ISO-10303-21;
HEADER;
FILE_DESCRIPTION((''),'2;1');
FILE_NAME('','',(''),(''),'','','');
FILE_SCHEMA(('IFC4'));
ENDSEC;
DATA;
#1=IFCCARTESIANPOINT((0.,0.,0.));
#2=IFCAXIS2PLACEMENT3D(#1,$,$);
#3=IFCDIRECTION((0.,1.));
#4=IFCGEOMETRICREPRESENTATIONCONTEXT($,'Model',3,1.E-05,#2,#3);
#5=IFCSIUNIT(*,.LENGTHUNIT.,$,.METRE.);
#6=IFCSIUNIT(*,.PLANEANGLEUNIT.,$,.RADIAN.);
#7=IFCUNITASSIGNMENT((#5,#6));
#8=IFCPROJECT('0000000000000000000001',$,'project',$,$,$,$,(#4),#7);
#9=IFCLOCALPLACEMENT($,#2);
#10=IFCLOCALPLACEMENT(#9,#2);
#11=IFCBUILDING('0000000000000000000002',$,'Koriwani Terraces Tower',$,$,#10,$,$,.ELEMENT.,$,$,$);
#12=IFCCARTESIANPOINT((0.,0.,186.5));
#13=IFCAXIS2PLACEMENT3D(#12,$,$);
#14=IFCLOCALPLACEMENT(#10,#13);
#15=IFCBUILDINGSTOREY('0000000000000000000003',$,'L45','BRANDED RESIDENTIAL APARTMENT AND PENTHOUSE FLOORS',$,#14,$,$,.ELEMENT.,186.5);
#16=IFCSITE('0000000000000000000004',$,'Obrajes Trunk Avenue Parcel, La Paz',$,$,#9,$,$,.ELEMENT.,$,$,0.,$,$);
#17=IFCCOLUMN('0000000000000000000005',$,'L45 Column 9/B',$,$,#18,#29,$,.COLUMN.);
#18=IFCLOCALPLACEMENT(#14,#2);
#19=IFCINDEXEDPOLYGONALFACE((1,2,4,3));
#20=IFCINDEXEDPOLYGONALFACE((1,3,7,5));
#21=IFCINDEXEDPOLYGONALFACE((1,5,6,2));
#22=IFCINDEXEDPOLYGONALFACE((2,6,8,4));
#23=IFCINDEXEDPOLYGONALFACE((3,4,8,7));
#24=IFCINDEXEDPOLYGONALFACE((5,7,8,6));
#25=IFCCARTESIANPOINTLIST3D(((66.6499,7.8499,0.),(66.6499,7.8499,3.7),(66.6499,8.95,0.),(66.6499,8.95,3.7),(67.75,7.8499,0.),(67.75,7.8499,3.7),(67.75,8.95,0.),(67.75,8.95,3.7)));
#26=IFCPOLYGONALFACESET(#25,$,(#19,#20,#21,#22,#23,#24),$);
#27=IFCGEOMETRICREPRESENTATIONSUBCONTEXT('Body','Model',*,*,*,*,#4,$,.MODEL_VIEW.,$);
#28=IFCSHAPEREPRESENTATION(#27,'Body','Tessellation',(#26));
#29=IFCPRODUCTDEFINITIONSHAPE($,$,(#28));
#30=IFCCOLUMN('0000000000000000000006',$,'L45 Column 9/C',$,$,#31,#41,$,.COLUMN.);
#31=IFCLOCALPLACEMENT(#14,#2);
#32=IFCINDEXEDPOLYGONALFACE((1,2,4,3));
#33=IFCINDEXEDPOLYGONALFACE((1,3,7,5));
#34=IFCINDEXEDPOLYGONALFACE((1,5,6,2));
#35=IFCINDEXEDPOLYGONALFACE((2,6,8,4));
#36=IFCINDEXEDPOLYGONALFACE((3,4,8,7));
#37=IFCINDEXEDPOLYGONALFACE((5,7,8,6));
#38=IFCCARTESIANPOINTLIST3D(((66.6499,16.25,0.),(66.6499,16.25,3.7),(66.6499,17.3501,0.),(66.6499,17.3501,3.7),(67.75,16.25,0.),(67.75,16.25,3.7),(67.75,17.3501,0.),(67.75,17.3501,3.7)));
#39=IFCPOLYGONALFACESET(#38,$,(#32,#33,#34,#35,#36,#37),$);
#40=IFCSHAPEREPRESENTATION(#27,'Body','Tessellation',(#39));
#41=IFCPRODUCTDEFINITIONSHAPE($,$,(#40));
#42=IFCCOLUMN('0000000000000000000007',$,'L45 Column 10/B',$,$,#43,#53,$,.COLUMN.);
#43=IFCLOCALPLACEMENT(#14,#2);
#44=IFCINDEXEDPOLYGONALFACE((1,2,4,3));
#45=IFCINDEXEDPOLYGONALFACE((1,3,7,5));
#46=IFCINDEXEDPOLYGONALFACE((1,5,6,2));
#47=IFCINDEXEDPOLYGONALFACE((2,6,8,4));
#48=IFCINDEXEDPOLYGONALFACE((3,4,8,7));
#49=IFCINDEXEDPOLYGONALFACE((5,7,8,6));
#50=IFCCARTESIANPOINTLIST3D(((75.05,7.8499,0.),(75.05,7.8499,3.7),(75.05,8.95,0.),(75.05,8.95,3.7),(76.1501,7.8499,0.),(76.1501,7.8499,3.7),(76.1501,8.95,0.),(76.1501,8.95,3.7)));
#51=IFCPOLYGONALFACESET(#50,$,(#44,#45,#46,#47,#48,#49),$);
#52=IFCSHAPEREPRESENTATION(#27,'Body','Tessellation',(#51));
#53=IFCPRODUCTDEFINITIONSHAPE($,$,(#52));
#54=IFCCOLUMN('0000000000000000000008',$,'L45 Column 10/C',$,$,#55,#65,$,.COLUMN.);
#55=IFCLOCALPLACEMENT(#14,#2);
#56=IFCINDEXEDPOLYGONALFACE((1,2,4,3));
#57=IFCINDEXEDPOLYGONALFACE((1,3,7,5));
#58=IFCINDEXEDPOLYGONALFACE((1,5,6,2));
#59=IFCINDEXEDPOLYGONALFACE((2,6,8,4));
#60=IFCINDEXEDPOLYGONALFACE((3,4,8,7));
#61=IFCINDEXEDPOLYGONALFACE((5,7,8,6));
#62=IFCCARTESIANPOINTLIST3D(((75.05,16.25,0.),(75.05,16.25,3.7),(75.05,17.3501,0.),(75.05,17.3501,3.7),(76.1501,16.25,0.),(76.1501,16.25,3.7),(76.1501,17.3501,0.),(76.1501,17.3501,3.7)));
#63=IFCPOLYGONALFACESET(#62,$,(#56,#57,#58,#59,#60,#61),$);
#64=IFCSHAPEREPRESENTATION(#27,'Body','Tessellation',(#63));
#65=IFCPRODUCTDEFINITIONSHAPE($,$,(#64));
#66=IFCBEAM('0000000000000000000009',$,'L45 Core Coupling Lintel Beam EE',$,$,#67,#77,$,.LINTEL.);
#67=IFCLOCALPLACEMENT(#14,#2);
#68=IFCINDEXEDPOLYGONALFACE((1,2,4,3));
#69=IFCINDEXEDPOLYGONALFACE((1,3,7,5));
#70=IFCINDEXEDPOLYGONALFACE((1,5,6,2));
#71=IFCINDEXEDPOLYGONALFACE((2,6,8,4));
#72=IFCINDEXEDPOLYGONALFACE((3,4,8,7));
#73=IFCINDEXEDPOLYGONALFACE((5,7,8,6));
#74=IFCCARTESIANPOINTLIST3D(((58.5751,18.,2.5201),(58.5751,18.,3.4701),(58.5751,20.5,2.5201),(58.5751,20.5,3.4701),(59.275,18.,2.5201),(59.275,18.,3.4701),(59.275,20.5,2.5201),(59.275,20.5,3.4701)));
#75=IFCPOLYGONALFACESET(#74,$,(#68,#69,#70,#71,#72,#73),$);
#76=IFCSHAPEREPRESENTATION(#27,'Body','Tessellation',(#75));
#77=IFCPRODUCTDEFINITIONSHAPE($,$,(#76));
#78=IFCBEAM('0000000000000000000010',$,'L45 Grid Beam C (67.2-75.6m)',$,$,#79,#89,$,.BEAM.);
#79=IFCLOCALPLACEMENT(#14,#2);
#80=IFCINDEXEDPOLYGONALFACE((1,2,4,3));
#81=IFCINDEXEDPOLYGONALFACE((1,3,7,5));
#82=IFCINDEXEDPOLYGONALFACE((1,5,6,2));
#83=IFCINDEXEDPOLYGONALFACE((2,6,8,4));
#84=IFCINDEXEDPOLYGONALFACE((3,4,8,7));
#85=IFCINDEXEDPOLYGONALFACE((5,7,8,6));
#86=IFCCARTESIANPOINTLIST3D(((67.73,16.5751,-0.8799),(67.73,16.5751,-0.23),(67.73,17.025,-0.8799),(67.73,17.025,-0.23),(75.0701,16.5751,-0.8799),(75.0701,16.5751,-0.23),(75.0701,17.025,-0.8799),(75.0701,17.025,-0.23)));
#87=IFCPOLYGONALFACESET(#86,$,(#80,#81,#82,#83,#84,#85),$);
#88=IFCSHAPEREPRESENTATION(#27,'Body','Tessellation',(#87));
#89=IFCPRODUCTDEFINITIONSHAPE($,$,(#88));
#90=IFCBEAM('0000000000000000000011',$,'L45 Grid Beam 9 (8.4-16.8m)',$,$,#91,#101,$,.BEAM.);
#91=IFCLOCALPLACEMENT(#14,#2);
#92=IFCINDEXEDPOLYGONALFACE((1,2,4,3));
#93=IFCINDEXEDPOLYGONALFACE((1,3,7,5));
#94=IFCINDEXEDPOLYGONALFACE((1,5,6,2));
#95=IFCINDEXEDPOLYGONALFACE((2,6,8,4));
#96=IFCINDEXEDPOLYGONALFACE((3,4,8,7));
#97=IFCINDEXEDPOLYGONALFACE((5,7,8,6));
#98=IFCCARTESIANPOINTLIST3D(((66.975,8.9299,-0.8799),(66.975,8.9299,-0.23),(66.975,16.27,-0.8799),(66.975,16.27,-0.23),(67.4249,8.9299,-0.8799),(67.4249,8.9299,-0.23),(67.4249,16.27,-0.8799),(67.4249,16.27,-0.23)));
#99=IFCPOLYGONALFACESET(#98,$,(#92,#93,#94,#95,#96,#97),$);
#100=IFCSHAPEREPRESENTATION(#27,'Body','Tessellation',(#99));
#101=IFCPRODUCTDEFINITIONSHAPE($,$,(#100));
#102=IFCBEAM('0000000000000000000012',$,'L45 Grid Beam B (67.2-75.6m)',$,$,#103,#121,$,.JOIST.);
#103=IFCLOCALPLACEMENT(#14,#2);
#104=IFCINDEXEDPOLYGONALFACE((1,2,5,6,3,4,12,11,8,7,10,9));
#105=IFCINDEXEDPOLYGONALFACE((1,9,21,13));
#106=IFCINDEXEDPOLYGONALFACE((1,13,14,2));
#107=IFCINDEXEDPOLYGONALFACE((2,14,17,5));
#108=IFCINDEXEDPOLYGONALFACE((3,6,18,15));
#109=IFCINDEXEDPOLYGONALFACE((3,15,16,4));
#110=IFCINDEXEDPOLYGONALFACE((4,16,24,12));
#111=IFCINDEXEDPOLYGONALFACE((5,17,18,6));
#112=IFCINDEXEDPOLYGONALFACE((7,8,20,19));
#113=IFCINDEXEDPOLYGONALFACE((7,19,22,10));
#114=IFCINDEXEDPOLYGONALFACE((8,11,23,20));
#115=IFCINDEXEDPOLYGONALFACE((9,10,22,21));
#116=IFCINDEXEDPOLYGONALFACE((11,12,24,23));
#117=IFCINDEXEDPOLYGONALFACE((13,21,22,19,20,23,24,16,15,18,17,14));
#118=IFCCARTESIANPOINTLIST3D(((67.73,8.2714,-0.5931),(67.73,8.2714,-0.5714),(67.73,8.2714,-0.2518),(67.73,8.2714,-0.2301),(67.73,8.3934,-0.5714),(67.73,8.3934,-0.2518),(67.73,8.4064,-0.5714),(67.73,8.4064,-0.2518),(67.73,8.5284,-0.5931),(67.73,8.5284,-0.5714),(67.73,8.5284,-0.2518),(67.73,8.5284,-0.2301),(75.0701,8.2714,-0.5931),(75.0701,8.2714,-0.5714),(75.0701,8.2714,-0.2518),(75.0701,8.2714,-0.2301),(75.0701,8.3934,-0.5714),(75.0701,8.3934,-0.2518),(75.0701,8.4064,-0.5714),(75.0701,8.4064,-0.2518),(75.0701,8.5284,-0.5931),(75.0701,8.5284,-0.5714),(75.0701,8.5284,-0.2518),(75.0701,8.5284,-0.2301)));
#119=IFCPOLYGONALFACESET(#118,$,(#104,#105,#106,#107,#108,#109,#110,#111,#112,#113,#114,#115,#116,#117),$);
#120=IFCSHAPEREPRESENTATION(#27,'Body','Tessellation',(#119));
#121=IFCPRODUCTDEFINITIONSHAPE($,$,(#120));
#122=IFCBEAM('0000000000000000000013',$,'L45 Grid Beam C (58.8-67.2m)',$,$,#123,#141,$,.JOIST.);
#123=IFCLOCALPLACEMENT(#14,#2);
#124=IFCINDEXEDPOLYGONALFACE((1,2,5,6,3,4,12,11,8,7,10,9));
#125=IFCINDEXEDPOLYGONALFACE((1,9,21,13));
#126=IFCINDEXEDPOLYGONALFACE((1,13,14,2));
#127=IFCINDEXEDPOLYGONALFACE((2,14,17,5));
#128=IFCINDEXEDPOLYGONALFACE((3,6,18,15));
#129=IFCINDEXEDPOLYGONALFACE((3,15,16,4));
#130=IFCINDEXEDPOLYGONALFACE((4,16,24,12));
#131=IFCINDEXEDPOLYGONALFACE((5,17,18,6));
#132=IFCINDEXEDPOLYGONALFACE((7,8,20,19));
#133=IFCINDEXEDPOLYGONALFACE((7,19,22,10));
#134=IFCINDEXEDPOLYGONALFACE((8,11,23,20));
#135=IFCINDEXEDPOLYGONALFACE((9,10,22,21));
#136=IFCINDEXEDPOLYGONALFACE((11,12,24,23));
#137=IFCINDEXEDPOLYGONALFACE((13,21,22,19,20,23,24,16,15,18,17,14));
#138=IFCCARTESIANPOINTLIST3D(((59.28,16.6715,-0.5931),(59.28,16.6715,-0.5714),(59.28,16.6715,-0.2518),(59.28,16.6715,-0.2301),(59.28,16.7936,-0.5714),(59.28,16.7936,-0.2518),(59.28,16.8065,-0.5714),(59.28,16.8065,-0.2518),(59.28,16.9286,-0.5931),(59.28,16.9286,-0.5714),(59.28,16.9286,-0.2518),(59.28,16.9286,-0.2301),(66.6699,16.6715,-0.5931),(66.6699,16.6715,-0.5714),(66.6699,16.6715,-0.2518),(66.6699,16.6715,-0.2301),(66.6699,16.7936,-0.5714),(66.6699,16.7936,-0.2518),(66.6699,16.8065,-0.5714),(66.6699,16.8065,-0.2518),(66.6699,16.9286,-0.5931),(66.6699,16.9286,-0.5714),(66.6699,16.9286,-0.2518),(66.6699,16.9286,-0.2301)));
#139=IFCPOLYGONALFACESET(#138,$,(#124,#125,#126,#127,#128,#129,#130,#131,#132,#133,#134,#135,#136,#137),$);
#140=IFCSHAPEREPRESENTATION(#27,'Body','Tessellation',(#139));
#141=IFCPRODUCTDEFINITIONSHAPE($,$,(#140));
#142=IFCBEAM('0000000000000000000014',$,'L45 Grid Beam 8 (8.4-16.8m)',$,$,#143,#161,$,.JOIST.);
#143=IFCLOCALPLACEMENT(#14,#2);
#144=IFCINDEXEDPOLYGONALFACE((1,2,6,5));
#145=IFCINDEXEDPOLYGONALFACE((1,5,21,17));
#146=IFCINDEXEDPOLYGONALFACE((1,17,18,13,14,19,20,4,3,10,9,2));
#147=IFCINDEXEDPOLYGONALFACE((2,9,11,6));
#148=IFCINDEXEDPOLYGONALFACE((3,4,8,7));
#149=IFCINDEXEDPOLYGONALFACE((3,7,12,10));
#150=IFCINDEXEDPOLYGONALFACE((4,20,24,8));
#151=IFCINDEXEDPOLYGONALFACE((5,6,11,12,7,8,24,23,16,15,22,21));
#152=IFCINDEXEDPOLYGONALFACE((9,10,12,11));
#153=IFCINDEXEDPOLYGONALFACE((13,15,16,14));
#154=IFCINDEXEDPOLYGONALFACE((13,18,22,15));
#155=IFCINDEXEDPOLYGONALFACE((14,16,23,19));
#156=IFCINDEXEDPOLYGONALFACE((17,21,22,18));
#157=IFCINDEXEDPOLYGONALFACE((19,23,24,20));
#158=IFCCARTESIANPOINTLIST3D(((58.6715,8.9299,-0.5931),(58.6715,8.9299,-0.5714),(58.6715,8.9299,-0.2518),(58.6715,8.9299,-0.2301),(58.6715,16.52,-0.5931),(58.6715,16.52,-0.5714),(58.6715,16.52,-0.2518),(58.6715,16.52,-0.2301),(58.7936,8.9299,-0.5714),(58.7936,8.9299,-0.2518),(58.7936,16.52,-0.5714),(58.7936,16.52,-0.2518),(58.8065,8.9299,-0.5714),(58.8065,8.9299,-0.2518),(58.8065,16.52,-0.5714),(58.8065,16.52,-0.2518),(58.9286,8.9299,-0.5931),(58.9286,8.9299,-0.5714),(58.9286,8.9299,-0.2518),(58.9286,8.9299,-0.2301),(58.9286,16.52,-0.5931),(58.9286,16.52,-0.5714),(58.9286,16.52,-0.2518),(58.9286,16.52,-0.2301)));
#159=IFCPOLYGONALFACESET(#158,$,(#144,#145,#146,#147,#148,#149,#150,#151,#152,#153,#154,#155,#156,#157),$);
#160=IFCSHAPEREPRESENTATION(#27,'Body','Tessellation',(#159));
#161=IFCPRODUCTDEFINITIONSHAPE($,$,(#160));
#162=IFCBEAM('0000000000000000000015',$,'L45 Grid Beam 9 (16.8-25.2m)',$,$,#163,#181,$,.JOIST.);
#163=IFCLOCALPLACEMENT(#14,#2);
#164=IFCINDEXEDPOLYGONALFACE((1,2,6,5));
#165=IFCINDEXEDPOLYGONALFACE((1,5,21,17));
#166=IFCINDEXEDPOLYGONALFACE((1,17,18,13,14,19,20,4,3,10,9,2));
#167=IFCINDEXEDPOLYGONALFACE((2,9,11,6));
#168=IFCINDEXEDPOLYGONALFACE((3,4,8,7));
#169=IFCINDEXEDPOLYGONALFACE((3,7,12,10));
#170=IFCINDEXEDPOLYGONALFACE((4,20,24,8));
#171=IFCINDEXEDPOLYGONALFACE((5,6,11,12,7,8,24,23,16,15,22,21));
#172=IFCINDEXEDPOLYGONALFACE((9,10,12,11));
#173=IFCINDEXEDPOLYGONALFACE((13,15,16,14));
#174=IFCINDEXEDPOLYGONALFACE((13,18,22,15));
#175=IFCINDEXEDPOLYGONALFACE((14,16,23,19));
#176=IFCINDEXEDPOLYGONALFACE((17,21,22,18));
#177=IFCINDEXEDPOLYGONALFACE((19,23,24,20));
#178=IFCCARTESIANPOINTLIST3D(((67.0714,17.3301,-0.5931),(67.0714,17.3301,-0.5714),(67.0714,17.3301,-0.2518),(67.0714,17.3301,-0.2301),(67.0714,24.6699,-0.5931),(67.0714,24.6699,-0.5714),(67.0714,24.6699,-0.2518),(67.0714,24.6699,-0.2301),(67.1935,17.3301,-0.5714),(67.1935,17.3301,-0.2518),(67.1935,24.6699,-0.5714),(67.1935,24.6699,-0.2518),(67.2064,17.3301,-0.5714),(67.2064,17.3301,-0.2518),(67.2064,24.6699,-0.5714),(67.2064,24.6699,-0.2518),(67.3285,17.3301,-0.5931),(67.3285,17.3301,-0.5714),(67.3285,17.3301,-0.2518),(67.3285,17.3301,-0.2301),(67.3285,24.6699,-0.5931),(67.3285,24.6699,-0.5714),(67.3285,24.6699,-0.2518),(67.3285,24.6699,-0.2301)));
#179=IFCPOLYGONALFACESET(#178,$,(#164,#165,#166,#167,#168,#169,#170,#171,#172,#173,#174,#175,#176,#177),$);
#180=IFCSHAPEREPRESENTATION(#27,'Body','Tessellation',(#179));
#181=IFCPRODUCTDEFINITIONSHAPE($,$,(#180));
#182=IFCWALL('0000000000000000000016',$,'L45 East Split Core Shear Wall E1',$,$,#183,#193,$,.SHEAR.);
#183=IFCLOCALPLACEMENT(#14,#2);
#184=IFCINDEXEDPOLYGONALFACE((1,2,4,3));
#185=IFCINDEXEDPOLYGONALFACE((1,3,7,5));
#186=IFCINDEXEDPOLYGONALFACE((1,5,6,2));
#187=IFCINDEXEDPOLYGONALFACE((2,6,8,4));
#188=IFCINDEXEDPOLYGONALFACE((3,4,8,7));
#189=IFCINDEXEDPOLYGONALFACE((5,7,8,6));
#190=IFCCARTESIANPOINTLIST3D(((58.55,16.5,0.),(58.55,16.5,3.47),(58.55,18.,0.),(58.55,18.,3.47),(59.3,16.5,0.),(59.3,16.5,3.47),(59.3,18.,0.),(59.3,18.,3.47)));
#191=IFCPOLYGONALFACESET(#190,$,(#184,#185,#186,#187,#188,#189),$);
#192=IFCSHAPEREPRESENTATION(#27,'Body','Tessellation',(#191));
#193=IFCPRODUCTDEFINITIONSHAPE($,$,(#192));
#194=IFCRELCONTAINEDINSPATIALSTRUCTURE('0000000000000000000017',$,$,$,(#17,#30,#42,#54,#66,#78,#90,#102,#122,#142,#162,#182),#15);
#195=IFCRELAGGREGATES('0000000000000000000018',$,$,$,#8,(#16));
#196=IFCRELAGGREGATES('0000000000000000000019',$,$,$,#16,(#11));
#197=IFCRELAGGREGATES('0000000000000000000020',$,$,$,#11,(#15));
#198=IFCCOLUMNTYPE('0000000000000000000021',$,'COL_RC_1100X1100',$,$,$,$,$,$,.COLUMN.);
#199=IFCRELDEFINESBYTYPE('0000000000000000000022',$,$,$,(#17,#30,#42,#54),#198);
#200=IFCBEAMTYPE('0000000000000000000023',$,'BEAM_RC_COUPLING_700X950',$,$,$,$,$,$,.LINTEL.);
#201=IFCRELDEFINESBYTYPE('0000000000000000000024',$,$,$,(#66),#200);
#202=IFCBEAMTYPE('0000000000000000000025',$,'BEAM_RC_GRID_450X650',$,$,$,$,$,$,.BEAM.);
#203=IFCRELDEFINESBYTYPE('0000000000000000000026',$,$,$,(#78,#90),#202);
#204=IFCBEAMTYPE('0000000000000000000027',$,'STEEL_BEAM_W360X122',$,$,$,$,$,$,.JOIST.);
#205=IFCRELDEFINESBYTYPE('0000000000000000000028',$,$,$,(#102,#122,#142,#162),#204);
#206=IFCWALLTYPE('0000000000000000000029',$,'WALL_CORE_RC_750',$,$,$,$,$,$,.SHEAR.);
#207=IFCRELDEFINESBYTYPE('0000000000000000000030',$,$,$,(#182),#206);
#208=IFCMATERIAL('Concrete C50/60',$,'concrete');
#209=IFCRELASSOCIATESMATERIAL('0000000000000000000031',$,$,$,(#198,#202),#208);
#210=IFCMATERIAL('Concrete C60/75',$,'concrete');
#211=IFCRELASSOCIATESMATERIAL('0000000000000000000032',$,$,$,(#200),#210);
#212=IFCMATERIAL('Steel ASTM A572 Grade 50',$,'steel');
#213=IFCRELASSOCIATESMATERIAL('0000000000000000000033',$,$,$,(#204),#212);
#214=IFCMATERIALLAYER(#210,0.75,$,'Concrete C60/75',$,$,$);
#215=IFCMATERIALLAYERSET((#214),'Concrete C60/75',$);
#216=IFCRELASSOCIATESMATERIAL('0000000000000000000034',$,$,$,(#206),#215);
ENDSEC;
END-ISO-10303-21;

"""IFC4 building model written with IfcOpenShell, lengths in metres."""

from ifc_helpers import new_model, si_unit, direction, frame, frame_2d, origin, origin_2d, place, context, subcontext, project, spatial, rectangle, i_section, extrude, material, layer, layer_set, material_profile, profile_set, type_object, element, save


model = new_model("IFC4")

# Units and contexts
model_context = context("Model", 3, precision=1e-05, world=origin(), true_north=direction((0.0, 1.0)))
body_context = subcontext(model_context, "Body", "Model", "MODEL_VIEW")
ifc_project = project(units=[si_unit("LENGTHUNIT", "METRE"), si_unit("PLANEANGLEUNIT", "RADIAN")], contexts=[model_context])

# Site, building, storey
site_placement = place(None, origin())
site = spatial("IfcSite", under=ifc_project, at=site_placement, Name="Obrajes Trunk Avenue Parcel, La Paz", CompositionType="ELEMENT", RefElevation=0.0)
building_placement = place(site_placement, origin())
building = spatial("IfcBuilding", under=site, at=building_placement, Name="Koriwani Terraces Tower", CompositionType="ELEMENT")
storey_placement = place(building_placement, frame((0.0, 0.0, 186.5)))
storey = spatial("IfcBuildingStorey", under=building, at=storey_placement, Name="L45", Description="BRANDED RESIDENTIAL APARTMENT AND PENTHOUSE FLOORS", CompositionType="ELEMENT", Elevation=186.5)

# Columns
ifc_material_1 = material(Name="Concrete C50/60", Category="concrete")
ifc_material_profile_1 = material_profile(ifc_material_1, rectangle(XDim=1.1001, YDim=1.1001, at=origin_2d()), Name="Concrete C50/60", Category="LoadBearing")
ifc_profile_set_1 = profile_set([ifc_material_profile_1], Name="Concrete C50/60")
column_type = type_object("IfcColumnType", Name="COL_RC_1100X1100", PredefinedType="COLUMN", material=ifc_profile_set_1)
for number, where, z_axis, x_axis, name in (
    (1, (67.2, 8.3999, 0.0), (0.0, 0.0, 1.0), (1.0, 0.0, 0.0), "L45 Column 9/B"),
    (2, (67.2, 16.8, 0.0), (0.0, 0.0, 1.0), (1.0, 0.0, 0.0), "L45 Column 9/C"),
    (3, (75.6001, 8.3999, 0.0), (0.0, 0.0, 1.0), (1.0, 0.0, 0.0), "L45 Column 10/B"),
    (4, (75.6001, 16.8, 0.0), (0.0, 0.0, 1.0), (1.0, 0.0, 0.0), "L45 Column 10/C"),
):
    element("IfcColumn", number, at=place(storey_placement, frame(where, z_axis=z_axis, x_axis=x_axis)), inside=storey, type_object=column_type, Name=name, PredefinedType="COLUMN", context=body_context, shape_type="SweptSolid", body=[
        extrude(rectangle(XDim=1.1001, YDim=1.1001, at=origin_2d()), origin(), (0.0, 0.0, 1.0), 3.7),
    ])

# Beams
ifc_material_2 = material(Name="Concrete C60/75", Category="concrete")
ifc_material_profile_2 = material_profile(ifc_material_2, rectangle(XDim=0.7, YDim=0.95, at=origin_2d()), Name="Concrete C60/75", Category="LoadBearing")
ifc_profile_set_2 = profile_set([ifc_material_profile_2], Name="Concrete C60/75")
beam_type_1 = type_object("IfcBeamType", Name="BEAM_RC_COUPLING_700X950", PredefinedType="LINTEL", material=ifc_profile_set_2)
beam_1_placement = place(storey_placement, frame((58.925, 18.0, 2.9951), z_axis=(0.0, 1.0, 0.0), x_axis=(-1.0, 0.0, 0.0)))
element("IfcBeam", 5, at=beam_1_placement, inside=storey, type_object=beam_type_1, Name="L45 Core Coupling Lintel Beam EE", PredefinedType="LINTEL", context=body_context, shape_type="SweptSolid", body=[
    extrude(rectangle(XDim=0.7, YDim=0.95, at=origin_2d()), origin(), (0.0, 0.0, 1.0), 2.5),
])
ifc_material_profile_3 = material_profile(ifc_material_1, rectangle(XDim=0.45, YDim=0.6499, at=origin_2d()), Name="Concrete C50/60", Category="LoadBearing")
ifc_profile_set_3 = profile_set([ifc_material_profile_3], Name="Concrete C50/60")
beam_type_2 = type_object("IfcBeamType", Name="BEAM_RC_GRID_450X650", PredefinedType="BEAM", material=ifc_profile_set_3)
for number, where, z_axis, x_axis, name in (
    (6, (67.73, 16.8, -0.5549), (1.0, 0.0, 0.0), (0.0, 1.0, 0.0), "L45 Grid Beam C (67.2-75.6m)"),
    (7, (67.2, 8.9299, -0.5549), (0.0, 1.0, 0.0), (-1.0, 0.0, 0.0), "L45 Grid Beam 9 (8.4-16.8m)"),
):
    element("IfcBeam", number, at=place(storey_placement, frame(where, z_axis=z_axis, x_axis=x_axis)), inside=storey, type_object=beam_type_2, Name=name, PredefinedType="BEAM", context=body_context, shape_type="SweptSolid", body=[
        extrude(rectangle(XDim=0.45, YDim=0.6499, at=origin_2d()), origin(), (0.0, 0.0, 1.0), 7.3401),
    ])
ifc_material_3 = material(Name="Steel ASTM A572 Grade 50", Category="steel")
ifc_material_profile_4 = material_profile(ifc_material_3, i_section(OverallWidth=0.2571, OverallDepth=0.363, WebThickness=0.0129, FlangeThickness=0.0217, at=origin_2d()), Name="Steel ASTM A572 Grade 50", Category="LoadBearing")
ifc_profile_set_4 = profile_set([ifc_material_profile_4], Name="Steel ASTM A572 Grade 50")
beam_type_3 = type_object("IfcBeamType", Name="STEEL_BEAM_W360X122", PredefinedType="JOIST", material=ifc_profile_set_4)
beam_2_placement = place(storey_placement, frame((67.73, 8.3999, -0.4116), z_axis=(1.0, 0.0, 0.0), x_axis=(0.0, 1.0, 0.0)))
element("IfcBeam", 8, at=beam_2_placement, inside=storey, type_object=beam_type_3, Name="L45 Grid Beam B (67.2-75.6m)", PredefinedType="JOIST", context=body_context, shape_type="SweptSolid", body=[
    extrude(i_section(OverallWidth=0.2571, OverallDepth=0.363, WebThickness=0.0129, FlangeThickness=0.0217, at=origin_2d()), origin(), (0.0, 0.0, 1.0), 7.3401),
])
beam_3_placement = place(storey_placement, frame((59.28, 16.8, -0.4116), z_axis=(1.0, 0.0, 0.0), x_axis=(0.0, 1.0, 0.0)))
element("IfcBeam", 9, at=beam_3_placement, inside=storey, type_object=beam_type_3, Name="L45 Grid Beam C (58.8-67.2m)", PredefinedType="JOIST", context=body_context, shape_type="SweptSolid", body=[
    extrude(i_section(OverallWidth=0.2571, OverallDepth=0.363, WebThickness=0.0129, FlangeThickness=0.0217, at=origin_2d()), origin(), (0.0, 0.0, 1.0), 7.3899),
])
beam_4_placement = place(storey_placement, frame((58.8, 8.9299, -0.4116), z_axis=(0.0, 1.0, 0.0), x_axis=(-1.0, 0.0, 0.0)))
element("IfcBeam", 10, at=beam_4_placement, inside=storey, type_object=beam_type_3, Name="L45 Grid Beam 8 (8.4-16.8m)", PredefinedType="JOIST", context=body_context, shape_type="SweptSolid", body=[
    extrude(i_section(OverallWidth=0.2571, OverallDepth=0.363, WebThickness=0.0129, FlangeThickness=0.0217, at=origin_2d()), origin(), (0.0, 0.0, 1.0), 7.5901),
])
beam_5_placement = place(storey_placement, frame((67.2, 17.3301, -0.4116), z_axis=(0.0, 1.0, 0.0), x_axis=(-1.0, 0.0, 0.0)))
element("IfcBeam", 11, at=beam_5_placement, inside=storey, type_object=beam_type_3, Name="L45 Grid Beam 9 (16.8-25.2m)", PredefinedType="JOIST", context=body_context, shape_type="SweptSolid", body=[
    extrude(i_section(OverallWidth=0.2571, OverallDepth=0.363, WebThickness=0.0129, FlangeThickness=0.0217, at=origin_2d()), origin(), (0.0, 0.0, 1.0), 7.3398),
])

# Wall
ifc_layer = layer(ifc_material_2, 0.75, Name="Concrete C60/75")
ifc_layer_set = layer_set([ifc_layer], Name="Concrete C60/75")
wall_type = type_object("IfcWallType", Name="WALL_CORE_RC_750", PredefinedType="SHEAR", material=ifc_layer_set)
wall_placement = place(storey_placement, frame((58.925, 16.5, 0.0), z_axis=(0.0, 0.0, 1.0), x_axis=(0.0, 1.0, 0.0)))
element("IfcWall", 12, at=wall_placement, inside=storey, type_object=wall_type, Name="L45 East Split Core Shear Wall E1", PredefinedType="SHEAR", context=body_context, shape_type="SweptSolid", body=[
    extrude(rectangle(XDim=1.5, YDim=0.75, at=frame_2d((0.75, 0.0))), origin(), (0.0, 0.0, 1.0), 3.47),
])

save(model, "model.ifc")
